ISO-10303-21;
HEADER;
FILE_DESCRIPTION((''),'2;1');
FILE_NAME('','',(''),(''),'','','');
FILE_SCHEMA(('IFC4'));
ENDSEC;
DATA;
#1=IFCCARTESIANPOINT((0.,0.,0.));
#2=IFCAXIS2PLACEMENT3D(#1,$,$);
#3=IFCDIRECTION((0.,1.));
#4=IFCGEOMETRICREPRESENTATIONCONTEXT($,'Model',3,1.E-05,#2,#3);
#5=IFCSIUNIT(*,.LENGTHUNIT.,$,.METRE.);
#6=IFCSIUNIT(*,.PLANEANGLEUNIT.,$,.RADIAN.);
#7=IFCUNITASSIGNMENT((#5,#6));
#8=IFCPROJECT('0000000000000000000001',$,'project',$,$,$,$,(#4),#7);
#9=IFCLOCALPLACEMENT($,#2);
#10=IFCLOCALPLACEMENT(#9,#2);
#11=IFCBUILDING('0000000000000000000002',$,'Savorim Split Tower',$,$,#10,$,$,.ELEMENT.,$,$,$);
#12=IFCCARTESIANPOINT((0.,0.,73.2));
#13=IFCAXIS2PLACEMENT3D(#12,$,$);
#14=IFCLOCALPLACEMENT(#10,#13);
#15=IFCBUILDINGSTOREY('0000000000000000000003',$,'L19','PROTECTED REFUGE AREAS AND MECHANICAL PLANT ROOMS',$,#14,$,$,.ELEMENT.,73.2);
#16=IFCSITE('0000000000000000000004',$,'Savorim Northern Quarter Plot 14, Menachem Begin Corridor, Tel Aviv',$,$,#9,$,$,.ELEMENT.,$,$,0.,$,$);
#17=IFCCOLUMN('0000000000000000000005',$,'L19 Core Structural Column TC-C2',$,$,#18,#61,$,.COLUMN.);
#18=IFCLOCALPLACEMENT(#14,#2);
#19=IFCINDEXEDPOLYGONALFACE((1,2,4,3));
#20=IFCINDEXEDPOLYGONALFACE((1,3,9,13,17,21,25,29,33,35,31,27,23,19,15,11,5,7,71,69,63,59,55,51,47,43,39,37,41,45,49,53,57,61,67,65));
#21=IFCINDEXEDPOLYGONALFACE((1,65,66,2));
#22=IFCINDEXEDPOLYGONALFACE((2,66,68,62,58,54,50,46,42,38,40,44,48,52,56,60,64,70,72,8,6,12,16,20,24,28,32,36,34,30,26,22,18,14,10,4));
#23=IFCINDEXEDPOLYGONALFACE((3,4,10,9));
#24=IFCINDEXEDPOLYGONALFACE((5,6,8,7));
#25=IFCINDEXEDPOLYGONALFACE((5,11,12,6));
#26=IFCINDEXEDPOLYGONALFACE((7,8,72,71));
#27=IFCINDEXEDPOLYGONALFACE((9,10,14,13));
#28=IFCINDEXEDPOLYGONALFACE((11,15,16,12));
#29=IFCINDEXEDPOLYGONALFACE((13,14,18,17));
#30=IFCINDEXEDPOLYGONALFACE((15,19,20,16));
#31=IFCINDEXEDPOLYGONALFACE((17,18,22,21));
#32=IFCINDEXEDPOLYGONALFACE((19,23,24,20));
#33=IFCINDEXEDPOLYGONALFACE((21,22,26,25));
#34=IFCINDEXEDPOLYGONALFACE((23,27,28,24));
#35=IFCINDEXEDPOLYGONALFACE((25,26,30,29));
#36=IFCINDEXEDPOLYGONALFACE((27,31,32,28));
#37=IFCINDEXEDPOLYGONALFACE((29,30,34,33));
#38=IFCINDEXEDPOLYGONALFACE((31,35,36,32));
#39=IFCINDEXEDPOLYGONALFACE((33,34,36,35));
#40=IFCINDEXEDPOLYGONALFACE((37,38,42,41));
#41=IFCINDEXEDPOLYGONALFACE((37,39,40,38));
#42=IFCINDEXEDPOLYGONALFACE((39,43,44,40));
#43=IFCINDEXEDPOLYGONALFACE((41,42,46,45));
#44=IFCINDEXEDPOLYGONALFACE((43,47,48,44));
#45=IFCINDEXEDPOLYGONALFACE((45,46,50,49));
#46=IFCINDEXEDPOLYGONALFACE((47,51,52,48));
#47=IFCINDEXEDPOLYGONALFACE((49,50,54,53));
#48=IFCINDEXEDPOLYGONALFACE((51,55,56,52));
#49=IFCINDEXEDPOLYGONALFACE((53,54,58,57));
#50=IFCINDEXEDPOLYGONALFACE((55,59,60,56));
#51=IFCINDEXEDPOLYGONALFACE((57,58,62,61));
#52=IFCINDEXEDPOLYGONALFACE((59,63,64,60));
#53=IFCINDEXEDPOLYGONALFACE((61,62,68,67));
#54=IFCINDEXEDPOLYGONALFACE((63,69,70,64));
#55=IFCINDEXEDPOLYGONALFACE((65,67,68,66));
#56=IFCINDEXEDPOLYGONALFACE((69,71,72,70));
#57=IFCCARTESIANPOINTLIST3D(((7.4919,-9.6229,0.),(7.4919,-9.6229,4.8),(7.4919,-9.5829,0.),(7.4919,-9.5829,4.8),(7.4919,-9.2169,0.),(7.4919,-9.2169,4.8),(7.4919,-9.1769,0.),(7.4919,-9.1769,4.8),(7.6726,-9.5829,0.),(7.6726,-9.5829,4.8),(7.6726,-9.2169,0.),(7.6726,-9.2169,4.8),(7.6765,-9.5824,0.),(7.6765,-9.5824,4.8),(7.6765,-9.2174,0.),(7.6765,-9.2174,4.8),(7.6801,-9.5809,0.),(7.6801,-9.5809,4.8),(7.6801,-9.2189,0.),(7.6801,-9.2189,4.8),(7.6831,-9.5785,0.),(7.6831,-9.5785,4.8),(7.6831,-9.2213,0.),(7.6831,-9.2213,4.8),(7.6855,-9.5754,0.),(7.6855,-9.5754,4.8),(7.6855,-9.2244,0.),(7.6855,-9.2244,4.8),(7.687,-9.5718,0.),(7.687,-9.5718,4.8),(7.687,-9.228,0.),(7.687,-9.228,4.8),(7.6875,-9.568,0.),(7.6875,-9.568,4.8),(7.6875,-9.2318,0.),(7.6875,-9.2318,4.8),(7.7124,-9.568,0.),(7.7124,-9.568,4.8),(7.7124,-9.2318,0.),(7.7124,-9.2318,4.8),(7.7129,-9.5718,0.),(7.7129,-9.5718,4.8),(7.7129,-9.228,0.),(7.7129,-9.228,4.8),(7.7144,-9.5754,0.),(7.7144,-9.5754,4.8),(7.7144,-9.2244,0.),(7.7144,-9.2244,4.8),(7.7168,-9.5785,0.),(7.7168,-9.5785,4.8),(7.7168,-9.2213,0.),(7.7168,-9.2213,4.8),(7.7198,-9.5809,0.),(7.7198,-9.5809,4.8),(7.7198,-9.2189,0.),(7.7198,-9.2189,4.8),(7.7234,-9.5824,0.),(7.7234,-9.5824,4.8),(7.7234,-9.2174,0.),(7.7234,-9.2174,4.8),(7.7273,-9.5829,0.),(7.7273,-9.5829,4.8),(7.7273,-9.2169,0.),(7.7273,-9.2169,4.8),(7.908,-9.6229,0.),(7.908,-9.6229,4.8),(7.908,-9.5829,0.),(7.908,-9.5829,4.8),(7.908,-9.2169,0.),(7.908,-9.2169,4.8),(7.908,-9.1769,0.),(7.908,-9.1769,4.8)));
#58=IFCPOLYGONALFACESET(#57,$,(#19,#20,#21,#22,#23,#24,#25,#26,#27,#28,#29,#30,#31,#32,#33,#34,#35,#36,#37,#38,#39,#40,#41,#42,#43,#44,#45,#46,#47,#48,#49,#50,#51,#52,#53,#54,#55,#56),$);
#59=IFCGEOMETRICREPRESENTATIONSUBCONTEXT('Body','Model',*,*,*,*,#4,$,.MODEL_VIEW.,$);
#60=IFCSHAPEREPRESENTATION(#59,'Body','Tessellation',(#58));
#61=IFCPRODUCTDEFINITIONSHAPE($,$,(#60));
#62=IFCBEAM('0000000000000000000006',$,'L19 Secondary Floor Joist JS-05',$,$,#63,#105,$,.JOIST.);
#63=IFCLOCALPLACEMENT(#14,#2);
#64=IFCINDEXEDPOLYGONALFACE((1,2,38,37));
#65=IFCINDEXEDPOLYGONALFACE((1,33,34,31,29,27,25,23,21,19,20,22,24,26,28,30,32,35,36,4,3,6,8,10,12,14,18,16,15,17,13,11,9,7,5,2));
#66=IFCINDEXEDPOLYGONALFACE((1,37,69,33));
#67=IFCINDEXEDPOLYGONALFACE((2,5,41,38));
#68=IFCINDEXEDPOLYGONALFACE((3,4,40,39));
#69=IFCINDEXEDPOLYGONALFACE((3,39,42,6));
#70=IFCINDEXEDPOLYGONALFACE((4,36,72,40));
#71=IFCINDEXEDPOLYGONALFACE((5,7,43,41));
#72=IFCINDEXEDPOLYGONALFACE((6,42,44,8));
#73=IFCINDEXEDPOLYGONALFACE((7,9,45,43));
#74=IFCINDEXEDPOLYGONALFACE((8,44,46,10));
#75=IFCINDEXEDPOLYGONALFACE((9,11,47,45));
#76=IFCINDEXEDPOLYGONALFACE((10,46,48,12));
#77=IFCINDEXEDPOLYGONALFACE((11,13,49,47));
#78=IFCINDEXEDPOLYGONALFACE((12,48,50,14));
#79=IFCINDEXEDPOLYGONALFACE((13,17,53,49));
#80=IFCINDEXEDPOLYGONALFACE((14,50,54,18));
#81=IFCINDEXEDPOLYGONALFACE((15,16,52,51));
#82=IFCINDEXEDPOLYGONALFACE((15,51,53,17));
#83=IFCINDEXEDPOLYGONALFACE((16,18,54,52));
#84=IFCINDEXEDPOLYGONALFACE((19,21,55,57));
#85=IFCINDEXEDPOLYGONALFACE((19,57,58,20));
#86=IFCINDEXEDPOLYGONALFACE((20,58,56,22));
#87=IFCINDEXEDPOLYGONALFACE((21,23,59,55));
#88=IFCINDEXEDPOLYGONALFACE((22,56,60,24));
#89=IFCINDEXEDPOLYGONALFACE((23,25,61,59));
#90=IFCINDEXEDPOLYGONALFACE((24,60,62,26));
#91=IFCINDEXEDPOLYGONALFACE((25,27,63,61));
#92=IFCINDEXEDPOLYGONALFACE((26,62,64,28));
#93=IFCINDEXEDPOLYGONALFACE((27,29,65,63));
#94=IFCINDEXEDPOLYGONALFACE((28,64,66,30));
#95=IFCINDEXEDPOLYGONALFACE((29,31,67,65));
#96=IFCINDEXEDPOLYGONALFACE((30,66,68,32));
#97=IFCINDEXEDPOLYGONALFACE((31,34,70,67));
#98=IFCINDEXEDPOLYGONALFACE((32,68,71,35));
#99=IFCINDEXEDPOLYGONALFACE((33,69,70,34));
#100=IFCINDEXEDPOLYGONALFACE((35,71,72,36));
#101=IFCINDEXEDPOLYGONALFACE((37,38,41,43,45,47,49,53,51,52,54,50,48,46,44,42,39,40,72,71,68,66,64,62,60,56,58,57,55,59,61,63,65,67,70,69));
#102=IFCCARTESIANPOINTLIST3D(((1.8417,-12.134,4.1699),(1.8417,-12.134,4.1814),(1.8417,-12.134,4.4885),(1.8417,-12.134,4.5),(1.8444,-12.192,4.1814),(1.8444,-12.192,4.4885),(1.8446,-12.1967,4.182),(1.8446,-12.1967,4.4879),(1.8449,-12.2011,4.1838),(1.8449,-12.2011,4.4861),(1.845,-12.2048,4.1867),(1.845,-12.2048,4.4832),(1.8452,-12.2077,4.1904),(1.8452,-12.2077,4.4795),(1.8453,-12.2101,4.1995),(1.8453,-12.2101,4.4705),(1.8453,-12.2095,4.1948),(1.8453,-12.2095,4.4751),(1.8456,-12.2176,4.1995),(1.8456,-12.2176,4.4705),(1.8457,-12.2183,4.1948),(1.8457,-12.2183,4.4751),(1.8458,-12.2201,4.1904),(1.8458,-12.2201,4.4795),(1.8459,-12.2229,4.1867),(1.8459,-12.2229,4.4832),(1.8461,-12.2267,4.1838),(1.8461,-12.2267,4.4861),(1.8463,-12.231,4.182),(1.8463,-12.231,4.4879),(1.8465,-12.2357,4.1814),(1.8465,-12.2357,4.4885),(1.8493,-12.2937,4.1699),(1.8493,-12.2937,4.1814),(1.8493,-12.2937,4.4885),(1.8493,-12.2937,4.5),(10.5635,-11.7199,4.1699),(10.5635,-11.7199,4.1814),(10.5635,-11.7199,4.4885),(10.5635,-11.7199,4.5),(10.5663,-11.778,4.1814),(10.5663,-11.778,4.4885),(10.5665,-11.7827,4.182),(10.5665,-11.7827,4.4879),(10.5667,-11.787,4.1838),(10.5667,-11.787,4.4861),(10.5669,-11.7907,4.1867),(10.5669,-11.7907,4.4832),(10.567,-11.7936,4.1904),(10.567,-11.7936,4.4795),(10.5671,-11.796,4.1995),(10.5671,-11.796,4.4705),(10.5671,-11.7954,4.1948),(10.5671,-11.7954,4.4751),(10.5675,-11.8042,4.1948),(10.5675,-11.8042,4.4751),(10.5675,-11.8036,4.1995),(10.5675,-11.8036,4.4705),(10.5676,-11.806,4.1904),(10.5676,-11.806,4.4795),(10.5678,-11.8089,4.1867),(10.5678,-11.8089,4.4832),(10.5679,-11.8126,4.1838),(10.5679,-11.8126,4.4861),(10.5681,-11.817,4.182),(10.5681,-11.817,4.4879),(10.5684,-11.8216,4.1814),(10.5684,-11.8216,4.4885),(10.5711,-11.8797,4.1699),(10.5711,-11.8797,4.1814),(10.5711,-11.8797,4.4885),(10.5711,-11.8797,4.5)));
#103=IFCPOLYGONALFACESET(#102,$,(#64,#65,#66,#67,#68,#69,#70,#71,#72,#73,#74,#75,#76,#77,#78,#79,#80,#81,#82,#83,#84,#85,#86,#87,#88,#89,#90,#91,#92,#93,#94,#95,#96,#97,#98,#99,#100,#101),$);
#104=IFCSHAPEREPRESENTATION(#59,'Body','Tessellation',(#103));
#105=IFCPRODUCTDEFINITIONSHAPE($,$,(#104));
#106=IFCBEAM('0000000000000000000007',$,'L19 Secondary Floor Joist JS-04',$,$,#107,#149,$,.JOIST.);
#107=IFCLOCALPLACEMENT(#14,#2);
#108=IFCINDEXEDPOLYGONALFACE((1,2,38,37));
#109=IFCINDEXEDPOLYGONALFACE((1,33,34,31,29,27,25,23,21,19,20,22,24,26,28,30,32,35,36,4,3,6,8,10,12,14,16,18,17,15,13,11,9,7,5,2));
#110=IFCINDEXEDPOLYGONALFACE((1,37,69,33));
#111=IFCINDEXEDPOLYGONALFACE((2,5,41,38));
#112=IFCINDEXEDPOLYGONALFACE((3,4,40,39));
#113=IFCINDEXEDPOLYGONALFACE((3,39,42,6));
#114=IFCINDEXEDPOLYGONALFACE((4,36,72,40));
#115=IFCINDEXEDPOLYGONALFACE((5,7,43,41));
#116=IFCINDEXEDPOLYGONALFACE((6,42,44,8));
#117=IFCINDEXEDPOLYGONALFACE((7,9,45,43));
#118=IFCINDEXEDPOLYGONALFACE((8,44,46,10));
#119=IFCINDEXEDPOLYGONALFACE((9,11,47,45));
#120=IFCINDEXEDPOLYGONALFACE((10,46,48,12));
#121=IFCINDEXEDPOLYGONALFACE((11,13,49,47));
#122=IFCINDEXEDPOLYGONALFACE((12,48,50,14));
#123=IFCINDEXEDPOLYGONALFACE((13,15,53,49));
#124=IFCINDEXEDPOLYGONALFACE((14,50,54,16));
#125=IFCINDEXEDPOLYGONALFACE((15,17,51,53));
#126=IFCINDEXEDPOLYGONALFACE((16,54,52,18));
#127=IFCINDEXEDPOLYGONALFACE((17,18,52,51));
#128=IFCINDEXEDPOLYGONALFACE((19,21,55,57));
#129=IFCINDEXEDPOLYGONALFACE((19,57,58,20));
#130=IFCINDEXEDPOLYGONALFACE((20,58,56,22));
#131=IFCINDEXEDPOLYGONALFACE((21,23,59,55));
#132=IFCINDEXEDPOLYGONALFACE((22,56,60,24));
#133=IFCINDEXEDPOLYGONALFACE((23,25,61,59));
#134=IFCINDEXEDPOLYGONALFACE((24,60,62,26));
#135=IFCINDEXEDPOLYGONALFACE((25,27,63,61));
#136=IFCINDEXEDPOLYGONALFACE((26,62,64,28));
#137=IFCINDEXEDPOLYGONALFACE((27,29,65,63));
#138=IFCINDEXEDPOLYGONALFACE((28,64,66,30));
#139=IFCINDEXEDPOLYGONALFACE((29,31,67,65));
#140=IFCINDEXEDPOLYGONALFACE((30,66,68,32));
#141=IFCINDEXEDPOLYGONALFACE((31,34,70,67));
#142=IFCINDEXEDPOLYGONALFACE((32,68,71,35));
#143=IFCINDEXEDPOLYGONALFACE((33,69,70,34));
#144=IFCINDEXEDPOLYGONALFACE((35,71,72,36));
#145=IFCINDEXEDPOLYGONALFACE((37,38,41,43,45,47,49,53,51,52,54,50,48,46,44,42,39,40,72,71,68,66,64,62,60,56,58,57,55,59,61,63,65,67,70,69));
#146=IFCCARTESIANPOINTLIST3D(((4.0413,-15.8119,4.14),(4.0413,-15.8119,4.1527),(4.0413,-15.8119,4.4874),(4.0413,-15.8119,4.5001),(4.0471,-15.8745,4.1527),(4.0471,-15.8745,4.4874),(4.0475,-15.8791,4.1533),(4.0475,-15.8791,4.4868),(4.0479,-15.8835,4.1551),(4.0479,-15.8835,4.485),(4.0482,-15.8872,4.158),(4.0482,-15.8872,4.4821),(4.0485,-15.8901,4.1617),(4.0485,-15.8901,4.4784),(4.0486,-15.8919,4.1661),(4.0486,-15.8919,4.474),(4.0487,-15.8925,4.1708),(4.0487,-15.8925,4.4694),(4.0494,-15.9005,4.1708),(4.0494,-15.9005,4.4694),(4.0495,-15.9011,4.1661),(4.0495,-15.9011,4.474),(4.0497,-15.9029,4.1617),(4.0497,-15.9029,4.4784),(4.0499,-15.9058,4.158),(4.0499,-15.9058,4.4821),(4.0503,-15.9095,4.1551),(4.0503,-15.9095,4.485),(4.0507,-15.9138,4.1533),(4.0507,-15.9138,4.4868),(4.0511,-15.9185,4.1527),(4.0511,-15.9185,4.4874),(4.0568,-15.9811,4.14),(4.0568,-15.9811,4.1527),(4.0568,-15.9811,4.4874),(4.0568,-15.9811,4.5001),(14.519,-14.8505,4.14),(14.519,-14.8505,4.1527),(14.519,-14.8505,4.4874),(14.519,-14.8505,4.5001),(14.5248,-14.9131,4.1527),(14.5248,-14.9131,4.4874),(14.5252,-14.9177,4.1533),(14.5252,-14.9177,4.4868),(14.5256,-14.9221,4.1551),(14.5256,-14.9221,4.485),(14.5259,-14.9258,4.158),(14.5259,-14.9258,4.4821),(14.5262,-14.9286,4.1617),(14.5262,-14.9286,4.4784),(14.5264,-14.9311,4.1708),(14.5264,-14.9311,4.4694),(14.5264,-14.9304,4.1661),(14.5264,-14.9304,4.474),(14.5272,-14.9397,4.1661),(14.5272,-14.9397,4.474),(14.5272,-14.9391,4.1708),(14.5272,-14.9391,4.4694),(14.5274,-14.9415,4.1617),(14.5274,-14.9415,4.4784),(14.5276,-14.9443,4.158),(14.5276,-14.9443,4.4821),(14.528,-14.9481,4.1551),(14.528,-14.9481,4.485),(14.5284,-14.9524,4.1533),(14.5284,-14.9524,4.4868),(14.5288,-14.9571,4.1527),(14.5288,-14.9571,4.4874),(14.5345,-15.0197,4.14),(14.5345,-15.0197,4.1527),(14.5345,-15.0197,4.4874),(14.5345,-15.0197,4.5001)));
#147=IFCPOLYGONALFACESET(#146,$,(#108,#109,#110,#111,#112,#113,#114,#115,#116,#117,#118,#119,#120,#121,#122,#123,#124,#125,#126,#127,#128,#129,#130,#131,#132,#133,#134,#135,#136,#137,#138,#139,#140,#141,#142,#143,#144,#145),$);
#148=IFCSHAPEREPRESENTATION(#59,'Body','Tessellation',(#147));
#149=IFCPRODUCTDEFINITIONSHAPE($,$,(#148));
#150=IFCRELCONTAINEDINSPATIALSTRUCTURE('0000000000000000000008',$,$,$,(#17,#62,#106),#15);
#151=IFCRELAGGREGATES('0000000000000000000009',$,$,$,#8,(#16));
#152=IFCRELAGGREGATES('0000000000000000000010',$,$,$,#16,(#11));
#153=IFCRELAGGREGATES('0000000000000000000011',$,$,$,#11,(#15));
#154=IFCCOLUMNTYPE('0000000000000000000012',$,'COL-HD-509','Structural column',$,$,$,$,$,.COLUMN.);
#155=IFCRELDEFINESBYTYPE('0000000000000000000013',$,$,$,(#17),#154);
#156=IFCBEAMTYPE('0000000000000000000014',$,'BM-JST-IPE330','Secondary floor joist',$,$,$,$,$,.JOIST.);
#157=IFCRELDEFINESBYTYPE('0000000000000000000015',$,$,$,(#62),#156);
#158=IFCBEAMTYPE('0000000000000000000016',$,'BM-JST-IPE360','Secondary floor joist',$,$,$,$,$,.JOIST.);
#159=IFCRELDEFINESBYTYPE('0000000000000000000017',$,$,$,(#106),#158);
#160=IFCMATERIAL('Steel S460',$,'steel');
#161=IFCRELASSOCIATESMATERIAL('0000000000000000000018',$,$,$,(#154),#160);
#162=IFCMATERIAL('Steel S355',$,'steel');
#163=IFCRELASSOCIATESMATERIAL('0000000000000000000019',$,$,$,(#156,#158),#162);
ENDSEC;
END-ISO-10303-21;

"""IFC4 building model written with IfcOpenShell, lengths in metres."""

from ifc_helpers import new_model, si_unit, direction, frame, origin, origin_2d, place, context, subcontext, project, spatial, i_section, extrude, material, material_profile, profile_set, type_object, element, save


model = new_model("IFC4")

# Units and contexts
model_context = context("Model", 3, precision=1e-05, world=origin(), true_north=direction((0.0, 1.0)))
body_context = subcontext(model_context, "Body", "Model", "MODEL_VIEW")
ifc_project = project(units=[si_unit("LENGTHUNIT", "METRE"), si_unit("PLANEANGLEUNIT", "RADIAN")], contexts=[model_context])

# Site, building, storey
site_placement = place(None, origin())
site = spatial("IfcSite", under=ifc_project, at=site_placement, Name="Savorim Northern Quarter Plot 14, Menachem Begin Corridor, Tel Aviv", CompositionType="ELEMENT", RefElevation=0.0)
building_placement = place(site_placement, origin())
building = spatial("IfcBuilding", under=site, at=building_placement, Name="Savorim Split Tower", CompositionType="ELEMENT")
storey_placement = place(building_placement, frame((0.0, 0.0, 73.2)))
storey = spatial("IfcBuildingStorey", under=building, at=storey_placement, Name="L19", Description="PROTECTED REFUGE AREAS AND MECHANICAL PLANT ROOMS", CompositionType="ELEMENT", Elevation=73.2)

# Column
ifc_material_1 = material(Name="Steel S460", Category="steel")
ifc_material_profile_1 = material_profile(ifc_material_1, i_section(OverallWidth=0.416, OverallDepth=0.446, WebThickness=0.0249, FlangeThickness=0.04, FilletRadius=0.0149, at=origin_2d()), Name="HD 400x509")
ifc_profile_set_1 = profile_set([ifc_material_profile_1], Name="Steel S460")
column_type = type_object("IfcColumnType", Name="COL-HD-509", Description="Structural column", PredefinedType="COLUMN", material=ifc_profile_set_1)
column_placement = place(storey_placement, frame((7.7, -9.3999, 0.0), z_axis=(0.0, 0.0, 1.0), x_axis=(1.0, 0.0, 0.0)))
element("IfcColumn", 1, at=column_placement, inside=storey, type_object=column_type, Name="L19 Core Structural Column TC-C2", PredefinedType="COLUMN", context=body_context, shape_type="SweptSolid", body=[
    extrude(i_section(OverallWidth=0.416, OverallDepth=0.446, WebThickness=0.0249, FlangeThickness=0.04, FilletRadius=0.0149, at=origin_2d()), origin(), (0.0, 0.0, 1.0), 4.8),
])

# Beams
ifc_material_2 = material(Name="Steel S355", Category="steel")
ifc_material_profile_2 = material_profile(ifc_material_2, i_section(OverallWidth=0.1599, OverallDepth=0.3301, WebThickness=0.0076, FlangeThickness=0.0115, FilletRadius=0.0181, at=origin_2d()), Name="IPE 330")
ifc_profile_set_2 = profile_set([ifc_material_profile_2], Name="Steel S355")
beam_type_1 = type_object("IfcBeamType", Name="BM-JST-IPE330", Description="Secondary floor joist", PredefinedType="JOIST", material=ifc_profile_set_2)
beam_1_placement = place(storey_placement, frame((1.8455, -12.2139, 4.335), z_axis=(0.998875, 0.04742, 0.0), x_axis=(-0.04742, 0.998875, 0.0)))
element("IfcBeam", 2, at=beam_1_placement, inside=storey, type_object=beam_type_1, Name="L19 Secondary Floor Joist JS-05", PredefinedType="JOIST", context=body_context, shape_type="SweptSolid", body=[
    extrude(i_section(OverallWidth=0.1599, OverallDepth=0.3301, WebThickness=0.0076, FlangeThickness=0.0115, FilletRadius=0.0181, at=origin_2d()), origin(), (0.0, 0.0, 1.0), 8.7317),
])
ifc_material_profile_3 = material_profile(ifc_material_2, i_section(OverallWidth=0.1699, OverallDepth=0.3601, WebThickness=0.0081, FlangeThickness=0.0127, FilletRadius=0.0181, at=origin_2d()), Name="IPE 360")
ifc_profile_set_3 = profile_set([ifc_material_profile_3], Name="Steel S355")
beam_type_2 = type_object("IfcBeamType", Name="BM-JST-IPE360", Description="Secondary floor joist", PredefinedType="JOIST", material=ifc_profile_set_3)
beam_2_placement = place(storey_placement, frame((4.0491, -15.8965, 4.3201), z_axis=(0.995817, 0.091375, 0.0), x_axis=(-0.091375, 0.995817, 0.0)))
element("IfcBeam", 3, at=beam_2_placement, inside=storey, type_object=beam_type_2, Name="L19 Secondary Floor Joist JS-04", PredefinedType="JOIST", context=body_context, shape_type="SweptSolid", body=[
    extrude(i_section(OverallWidth=0.1699, OverallDepth=0.3601, WebThickness=0.0081, FlangeThickness=0.0127, FilletRadius=0.0181, at=origin_2d()), origin(), (0.0, 0.0, 1.0), 10.5217),
])

save(model, "model.ifc")
